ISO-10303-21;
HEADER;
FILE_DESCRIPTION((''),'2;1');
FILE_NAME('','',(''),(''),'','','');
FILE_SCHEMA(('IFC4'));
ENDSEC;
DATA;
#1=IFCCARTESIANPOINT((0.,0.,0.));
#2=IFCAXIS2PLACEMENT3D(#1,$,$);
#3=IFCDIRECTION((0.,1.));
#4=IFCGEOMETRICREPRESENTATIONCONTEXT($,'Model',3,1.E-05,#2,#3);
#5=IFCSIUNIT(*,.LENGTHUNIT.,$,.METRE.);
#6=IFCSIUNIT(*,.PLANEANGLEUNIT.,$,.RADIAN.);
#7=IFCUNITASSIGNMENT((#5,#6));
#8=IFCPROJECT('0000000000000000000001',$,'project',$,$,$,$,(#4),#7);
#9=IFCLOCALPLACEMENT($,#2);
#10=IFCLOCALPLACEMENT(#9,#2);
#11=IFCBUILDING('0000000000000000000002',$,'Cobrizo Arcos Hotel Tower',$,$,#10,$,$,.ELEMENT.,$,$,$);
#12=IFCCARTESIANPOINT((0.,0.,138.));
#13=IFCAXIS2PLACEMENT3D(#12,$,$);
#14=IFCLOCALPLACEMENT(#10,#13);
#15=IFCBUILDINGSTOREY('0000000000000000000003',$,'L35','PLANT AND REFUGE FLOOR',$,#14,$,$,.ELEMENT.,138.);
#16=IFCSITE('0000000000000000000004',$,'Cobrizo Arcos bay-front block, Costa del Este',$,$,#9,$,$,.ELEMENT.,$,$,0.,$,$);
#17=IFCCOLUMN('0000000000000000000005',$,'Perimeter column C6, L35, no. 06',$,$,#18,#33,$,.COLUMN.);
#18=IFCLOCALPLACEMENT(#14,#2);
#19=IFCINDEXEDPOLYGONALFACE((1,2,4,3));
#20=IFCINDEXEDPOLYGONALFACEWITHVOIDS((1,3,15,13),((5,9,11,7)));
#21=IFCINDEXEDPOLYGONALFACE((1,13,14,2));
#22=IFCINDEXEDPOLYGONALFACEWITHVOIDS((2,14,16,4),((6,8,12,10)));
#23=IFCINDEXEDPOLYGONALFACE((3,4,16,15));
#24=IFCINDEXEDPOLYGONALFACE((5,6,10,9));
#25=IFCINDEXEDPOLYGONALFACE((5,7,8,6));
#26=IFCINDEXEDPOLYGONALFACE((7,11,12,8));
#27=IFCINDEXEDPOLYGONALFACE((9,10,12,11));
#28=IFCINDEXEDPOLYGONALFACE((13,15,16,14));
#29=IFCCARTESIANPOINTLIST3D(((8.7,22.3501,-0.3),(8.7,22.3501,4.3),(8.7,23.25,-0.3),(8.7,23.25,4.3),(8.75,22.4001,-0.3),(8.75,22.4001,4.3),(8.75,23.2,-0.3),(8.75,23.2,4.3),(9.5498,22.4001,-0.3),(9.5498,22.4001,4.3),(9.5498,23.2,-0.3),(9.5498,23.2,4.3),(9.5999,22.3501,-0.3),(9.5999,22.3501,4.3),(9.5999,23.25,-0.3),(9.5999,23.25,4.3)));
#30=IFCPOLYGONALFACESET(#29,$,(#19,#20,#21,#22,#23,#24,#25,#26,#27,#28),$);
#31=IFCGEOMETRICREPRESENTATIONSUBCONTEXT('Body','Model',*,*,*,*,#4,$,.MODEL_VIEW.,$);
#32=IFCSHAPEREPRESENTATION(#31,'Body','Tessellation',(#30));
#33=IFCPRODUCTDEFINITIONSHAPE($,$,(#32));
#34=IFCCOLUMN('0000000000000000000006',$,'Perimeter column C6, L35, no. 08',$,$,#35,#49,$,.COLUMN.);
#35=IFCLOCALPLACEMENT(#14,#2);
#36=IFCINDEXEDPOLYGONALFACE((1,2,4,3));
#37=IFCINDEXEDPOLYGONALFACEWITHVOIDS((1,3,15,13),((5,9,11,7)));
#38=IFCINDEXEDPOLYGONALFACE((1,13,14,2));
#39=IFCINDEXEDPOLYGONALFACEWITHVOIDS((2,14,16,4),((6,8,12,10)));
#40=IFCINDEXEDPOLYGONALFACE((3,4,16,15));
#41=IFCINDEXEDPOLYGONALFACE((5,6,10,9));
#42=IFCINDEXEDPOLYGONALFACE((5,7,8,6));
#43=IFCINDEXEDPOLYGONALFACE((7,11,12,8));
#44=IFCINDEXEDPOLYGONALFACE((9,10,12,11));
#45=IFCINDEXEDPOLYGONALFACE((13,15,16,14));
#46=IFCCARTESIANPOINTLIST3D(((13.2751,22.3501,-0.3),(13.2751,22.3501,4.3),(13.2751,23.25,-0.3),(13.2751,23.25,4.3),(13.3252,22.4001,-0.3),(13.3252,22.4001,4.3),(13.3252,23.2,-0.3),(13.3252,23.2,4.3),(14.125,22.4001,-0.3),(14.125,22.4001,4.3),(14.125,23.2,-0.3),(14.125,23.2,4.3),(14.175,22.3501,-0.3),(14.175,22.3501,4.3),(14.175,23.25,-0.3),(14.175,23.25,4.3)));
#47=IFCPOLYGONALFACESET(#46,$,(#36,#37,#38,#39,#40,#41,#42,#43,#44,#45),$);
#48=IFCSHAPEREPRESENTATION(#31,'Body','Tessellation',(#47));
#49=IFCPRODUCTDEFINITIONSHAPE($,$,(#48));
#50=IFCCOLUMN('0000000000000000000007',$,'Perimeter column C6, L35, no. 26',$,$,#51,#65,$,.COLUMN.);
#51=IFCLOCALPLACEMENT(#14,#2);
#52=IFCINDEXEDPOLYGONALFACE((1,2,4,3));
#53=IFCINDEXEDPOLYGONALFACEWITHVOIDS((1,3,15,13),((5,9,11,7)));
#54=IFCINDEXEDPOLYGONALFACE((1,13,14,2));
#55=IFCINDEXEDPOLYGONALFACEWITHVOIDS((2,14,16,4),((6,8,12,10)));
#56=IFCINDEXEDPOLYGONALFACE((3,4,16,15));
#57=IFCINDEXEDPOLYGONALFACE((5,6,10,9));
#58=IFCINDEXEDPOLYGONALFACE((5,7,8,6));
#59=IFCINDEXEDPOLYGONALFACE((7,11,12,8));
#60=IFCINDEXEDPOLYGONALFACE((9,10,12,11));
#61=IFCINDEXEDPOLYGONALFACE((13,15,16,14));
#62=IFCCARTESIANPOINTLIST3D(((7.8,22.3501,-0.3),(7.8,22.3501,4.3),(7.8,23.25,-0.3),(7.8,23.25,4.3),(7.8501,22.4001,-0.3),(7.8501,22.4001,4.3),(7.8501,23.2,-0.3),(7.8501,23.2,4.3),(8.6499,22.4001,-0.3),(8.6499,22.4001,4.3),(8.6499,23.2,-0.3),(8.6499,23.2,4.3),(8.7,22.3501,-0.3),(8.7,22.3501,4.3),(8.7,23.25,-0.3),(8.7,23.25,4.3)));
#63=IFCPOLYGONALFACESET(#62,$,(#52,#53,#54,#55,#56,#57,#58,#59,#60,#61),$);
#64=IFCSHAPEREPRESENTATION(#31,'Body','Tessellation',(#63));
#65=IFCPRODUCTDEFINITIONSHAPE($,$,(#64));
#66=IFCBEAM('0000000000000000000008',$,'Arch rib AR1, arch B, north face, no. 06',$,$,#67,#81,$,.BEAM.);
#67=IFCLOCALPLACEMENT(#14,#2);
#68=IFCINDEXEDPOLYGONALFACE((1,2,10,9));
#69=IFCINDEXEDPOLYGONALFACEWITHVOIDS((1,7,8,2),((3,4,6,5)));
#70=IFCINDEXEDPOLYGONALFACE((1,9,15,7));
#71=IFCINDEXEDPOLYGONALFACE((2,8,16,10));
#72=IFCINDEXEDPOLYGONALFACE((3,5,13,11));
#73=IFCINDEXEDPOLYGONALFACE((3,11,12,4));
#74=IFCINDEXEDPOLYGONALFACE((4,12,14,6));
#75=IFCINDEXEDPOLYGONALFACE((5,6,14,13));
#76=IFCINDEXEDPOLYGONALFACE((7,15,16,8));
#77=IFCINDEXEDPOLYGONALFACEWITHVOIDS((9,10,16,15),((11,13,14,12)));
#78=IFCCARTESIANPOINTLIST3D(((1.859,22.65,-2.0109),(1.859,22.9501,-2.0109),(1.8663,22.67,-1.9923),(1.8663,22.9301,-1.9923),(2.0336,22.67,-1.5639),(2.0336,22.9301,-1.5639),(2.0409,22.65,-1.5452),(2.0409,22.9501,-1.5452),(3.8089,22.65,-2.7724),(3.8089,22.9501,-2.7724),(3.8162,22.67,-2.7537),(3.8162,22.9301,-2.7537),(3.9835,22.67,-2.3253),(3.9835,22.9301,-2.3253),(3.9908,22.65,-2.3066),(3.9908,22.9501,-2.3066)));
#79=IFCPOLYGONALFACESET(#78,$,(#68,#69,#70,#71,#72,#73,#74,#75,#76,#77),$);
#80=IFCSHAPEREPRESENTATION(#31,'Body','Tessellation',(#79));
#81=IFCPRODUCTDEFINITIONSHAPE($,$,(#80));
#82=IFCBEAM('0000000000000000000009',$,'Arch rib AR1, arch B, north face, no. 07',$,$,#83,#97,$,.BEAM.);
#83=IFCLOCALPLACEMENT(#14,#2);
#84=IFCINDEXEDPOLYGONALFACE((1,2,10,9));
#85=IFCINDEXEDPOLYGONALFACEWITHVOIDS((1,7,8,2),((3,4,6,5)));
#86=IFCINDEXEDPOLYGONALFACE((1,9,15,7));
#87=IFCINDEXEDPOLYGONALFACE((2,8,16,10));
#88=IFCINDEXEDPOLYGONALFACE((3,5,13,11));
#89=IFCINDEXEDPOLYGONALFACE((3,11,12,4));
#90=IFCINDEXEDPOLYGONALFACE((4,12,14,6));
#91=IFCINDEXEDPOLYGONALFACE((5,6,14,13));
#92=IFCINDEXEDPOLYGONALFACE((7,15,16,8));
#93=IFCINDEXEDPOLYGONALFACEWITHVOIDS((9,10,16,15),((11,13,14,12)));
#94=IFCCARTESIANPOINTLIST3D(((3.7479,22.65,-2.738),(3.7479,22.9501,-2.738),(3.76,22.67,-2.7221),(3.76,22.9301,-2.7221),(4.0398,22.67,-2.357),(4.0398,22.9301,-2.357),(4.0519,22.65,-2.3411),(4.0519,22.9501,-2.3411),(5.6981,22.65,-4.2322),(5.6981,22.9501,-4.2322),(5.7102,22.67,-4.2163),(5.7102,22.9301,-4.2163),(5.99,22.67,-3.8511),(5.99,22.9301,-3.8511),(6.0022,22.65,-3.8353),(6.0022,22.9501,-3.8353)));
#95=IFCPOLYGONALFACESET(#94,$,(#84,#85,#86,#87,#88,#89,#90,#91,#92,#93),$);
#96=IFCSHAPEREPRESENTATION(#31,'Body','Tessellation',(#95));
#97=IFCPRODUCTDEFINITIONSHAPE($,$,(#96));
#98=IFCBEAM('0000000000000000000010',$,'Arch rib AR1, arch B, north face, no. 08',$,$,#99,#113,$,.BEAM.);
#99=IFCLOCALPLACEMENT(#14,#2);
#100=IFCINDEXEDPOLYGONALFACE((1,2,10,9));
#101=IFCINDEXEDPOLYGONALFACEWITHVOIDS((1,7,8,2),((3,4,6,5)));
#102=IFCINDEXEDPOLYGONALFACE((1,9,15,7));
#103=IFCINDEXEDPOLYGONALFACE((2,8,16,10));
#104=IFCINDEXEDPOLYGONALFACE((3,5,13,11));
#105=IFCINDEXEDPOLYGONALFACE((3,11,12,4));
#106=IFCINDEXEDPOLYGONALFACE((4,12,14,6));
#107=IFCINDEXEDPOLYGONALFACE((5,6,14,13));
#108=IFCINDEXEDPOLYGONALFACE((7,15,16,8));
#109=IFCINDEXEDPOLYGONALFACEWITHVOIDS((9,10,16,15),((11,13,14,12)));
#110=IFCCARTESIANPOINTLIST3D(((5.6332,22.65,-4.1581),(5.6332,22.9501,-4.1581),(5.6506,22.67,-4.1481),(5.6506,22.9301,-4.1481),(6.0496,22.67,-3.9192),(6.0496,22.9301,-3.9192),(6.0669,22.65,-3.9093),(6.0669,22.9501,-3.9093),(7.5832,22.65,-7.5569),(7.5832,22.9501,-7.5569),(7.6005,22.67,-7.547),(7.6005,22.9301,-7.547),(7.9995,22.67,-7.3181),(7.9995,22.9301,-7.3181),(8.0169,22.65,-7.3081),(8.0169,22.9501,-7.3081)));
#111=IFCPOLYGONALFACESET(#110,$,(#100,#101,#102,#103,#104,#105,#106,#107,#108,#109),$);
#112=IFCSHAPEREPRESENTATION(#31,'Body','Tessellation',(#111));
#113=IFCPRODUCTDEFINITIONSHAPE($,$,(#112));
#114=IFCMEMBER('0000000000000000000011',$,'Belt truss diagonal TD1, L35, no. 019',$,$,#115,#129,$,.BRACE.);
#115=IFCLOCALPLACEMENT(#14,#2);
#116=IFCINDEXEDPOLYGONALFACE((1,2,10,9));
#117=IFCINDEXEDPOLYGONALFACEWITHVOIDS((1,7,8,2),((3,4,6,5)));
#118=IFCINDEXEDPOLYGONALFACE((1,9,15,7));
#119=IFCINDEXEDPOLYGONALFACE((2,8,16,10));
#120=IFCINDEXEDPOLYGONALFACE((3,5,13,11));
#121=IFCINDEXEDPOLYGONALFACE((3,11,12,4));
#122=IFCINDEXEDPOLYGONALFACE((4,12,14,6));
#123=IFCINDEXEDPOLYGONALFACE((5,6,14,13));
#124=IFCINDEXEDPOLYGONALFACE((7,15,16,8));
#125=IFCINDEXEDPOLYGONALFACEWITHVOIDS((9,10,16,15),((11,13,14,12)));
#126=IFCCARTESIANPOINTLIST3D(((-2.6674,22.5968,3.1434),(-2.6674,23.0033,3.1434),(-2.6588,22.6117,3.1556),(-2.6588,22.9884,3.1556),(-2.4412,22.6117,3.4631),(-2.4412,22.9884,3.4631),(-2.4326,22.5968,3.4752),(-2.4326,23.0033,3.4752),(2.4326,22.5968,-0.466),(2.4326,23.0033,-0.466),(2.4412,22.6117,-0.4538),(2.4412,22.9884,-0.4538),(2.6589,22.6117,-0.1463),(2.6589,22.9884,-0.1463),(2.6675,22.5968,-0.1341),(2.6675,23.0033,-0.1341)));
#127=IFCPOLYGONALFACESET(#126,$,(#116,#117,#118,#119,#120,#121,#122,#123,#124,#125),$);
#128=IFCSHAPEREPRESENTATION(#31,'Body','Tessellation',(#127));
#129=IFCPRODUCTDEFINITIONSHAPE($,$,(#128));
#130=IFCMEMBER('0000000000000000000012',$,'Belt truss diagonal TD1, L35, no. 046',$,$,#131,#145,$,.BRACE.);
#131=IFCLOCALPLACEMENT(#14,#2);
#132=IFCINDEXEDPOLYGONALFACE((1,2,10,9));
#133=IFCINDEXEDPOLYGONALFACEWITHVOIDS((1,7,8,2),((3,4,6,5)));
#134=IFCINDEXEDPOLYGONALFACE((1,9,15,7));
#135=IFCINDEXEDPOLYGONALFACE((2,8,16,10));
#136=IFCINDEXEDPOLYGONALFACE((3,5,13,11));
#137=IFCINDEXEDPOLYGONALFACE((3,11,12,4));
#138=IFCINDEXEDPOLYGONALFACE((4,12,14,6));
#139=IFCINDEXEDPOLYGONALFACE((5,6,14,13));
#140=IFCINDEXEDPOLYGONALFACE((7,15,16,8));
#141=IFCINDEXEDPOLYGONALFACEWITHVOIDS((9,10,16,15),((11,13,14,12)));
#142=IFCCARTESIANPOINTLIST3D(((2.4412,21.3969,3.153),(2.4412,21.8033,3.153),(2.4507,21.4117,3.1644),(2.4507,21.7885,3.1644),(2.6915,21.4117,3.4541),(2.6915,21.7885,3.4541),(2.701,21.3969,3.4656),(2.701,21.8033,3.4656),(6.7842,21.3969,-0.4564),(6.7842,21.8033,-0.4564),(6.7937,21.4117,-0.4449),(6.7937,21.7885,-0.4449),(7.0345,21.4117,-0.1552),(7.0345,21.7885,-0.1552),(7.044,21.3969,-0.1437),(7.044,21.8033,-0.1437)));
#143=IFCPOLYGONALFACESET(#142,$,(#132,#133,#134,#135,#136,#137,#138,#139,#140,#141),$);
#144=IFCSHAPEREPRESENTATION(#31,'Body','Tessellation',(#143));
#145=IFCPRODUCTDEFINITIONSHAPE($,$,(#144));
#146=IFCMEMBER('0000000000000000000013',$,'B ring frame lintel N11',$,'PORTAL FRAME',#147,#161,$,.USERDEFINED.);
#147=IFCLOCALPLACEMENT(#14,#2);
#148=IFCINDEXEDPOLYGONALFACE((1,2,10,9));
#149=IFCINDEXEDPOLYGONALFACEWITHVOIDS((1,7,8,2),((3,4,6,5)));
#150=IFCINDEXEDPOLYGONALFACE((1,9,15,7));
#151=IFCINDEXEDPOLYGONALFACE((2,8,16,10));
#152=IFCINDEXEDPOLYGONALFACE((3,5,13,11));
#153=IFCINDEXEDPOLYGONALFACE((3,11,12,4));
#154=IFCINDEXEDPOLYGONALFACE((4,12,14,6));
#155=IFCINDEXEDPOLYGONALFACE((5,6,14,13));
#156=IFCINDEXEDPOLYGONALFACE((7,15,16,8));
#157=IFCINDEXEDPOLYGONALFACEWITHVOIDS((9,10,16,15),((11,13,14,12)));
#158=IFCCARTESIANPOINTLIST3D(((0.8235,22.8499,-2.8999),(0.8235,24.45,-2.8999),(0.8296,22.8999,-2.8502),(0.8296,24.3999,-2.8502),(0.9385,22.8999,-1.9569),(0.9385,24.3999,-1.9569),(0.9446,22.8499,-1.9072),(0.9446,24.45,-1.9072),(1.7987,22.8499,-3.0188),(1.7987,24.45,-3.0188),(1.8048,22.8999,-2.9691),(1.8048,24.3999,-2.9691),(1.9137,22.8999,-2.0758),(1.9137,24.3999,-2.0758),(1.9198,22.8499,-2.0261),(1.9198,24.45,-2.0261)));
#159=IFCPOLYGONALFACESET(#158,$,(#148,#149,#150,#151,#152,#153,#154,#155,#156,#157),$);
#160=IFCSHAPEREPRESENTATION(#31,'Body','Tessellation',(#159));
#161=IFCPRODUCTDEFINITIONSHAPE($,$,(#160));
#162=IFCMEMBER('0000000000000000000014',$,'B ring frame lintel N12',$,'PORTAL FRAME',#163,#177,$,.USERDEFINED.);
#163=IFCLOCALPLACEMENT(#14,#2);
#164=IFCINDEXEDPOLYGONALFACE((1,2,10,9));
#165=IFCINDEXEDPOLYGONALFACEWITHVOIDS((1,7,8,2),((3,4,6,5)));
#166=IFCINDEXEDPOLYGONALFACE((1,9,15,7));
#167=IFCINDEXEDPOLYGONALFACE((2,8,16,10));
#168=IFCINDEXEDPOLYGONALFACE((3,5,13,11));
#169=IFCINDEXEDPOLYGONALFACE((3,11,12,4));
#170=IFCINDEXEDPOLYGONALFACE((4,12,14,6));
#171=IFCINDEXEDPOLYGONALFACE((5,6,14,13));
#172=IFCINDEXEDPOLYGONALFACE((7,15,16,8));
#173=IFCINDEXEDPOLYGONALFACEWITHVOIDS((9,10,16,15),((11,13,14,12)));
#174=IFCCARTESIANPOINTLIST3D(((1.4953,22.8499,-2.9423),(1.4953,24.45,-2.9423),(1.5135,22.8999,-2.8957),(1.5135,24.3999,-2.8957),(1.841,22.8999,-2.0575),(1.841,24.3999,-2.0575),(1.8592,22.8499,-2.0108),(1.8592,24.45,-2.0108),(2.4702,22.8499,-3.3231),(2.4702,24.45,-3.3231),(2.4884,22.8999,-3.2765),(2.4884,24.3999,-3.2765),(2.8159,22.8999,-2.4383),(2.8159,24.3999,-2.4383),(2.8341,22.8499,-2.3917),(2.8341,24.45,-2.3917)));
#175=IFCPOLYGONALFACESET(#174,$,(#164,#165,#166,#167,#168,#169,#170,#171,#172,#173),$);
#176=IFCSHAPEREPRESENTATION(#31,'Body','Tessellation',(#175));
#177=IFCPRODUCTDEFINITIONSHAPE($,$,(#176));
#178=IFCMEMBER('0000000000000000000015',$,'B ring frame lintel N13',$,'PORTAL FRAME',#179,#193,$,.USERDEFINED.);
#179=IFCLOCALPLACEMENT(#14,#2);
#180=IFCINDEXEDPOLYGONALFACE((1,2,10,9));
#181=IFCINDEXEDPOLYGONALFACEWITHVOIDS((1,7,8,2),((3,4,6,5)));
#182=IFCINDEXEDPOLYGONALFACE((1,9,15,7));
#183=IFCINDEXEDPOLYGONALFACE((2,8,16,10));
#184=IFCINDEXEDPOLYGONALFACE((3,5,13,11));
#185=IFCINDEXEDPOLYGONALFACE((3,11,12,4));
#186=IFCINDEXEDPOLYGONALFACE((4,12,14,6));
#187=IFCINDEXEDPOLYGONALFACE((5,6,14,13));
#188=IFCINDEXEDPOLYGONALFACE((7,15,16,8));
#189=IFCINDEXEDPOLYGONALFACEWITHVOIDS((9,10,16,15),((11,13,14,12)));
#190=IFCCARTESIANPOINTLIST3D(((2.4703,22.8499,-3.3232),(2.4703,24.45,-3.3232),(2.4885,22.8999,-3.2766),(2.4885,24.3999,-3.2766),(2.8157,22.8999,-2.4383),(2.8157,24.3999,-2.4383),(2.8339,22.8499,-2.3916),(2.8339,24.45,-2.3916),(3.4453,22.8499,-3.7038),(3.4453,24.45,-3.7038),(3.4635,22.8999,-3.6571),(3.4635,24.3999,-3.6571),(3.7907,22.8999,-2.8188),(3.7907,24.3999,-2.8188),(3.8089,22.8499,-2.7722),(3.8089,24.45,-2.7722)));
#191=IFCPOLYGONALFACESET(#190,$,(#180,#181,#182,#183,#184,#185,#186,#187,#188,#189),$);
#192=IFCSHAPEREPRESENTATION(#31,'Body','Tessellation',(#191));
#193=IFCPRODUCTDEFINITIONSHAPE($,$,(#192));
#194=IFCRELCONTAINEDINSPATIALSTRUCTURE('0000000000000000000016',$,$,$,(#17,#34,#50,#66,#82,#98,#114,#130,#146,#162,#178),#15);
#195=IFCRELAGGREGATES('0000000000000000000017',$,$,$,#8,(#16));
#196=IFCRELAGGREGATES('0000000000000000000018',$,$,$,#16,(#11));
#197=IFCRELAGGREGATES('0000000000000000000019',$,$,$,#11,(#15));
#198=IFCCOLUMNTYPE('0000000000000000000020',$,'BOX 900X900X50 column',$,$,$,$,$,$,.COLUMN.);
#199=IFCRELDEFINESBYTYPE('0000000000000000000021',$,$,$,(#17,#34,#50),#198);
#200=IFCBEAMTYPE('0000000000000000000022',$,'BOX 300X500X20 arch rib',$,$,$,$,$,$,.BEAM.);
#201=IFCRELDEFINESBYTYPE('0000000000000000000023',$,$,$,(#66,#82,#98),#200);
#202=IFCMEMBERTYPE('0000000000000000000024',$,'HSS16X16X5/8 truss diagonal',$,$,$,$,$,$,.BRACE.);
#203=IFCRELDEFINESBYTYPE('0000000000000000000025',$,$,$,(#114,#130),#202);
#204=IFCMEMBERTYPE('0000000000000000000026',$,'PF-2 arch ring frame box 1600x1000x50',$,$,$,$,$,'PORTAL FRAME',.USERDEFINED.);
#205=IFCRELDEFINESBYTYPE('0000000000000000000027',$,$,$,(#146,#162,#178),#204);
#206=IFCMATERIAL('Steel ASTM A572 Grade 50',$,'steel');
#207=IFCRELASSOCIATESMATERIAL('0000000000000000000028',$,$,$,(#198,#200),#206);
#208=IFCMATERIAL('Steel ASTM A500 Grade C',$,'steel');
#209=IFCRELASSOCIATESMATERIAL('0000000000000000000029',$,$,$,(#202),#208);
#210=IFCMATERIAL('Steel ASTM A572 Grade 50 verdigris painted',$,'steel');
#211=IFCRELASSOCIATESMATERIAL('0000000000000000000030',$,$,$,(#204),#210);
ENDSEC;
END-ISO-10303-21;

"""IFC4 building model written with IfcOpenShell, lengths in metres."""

from ifc_helpers import new_model, si_unit, direction, frame, origin, origin_2d, place, context, subcontext, project, spatial, hollow_rectangle, extrude, material, material_profile, profile_set, type_object, element, save


model = new_model("IFC4")

# Units and contexts
model_context = context("Model", 3, precision=1e-05, world=origin(), true_north=direction((0.0, 1.0)))
body_context = subcontext(model_context, "Body", "Model", "MODEL_VIEW")
ifc_project = project(units=[si_unit("LENGTHUNIT", "METRE"), si_unit("PLANEANGLEUNIT", "RADIAN")], contexts=[model_context])

# Site, building, storey
site_placement = place(None, origin())
site = spatial("IfcSite", under=ifc_project, at=site_placement, Name="Cobrizo Arcos bay-front block, Costa del Este", CompositionType="ELEMENT", RefElevation=0.0)
building_placement = place(site_placement, origin())
building = spatial("IfcBuilding", under=site, at=building_placement, Name="Cobrizo Arcos Hotel Tower", CompositionType="ELEMENT")
storey_placement = place(building_placement, frame((0.0, 0.0, 138.0)))
storey = spatial("IfcBuildingStorey", under=building, at=storey_placement, Name="L35", Description="PLANT AND REFUGE FLOOR", CompositionType="ELEMENT", Elevation=138.0)

# Columns
ifc_material_1 = material(Name="Steel ASTM A572 Grade 50", Category="steel")
ifc_material_profile_1 = material_profile(ifc_material_1, hollow_rectangle(XDim=0.8999, YDim=0.8999, WallThickness=0.05, at=origin_2d()), Name="BOX 900X900X50")
ifc_profile_set_1 = profile_set([ifc_material_profile_1], Name="Steel ASTM A572 Grade 50")
column_type = type_object("IfcColumnType", Name="BOX 900X900X50 column", PredefinedType="COLUMN", material=ifc_profile_set_1)
for number, where, z_axis, x_axis, name in (
    (1, (9.1499, 22.8, -0.3), (0.0, 0.0, 1.0), (1.0, 0.0, 0.0), "Perimeter column C6, L35, no. 06"),
    (2, (13.7251, 22.8, -0.3), (0.0, 0.0, 1.0), (1.0, 0.0, 0.0), "Perimeter column C6, L35, no. 08"),
    (3, (8.25, 22.8, -0.3), (0.0, 0.0, 1.0), (1.0, 0.0, 0.0), "Perimeter column C6, L35, no. 26"),
):
    element("IfcColumn", number, at=place(storey_placement, frame(where, z_axis=z_axis, x_axis=x_axis)), inside=storey, type_object=column_type, Name=name, PredefinedType="COLUMN", context=body_context, shape_type="SweptSolid", body=[
        extrude(hollow_rectangle(XDim=0.8999, YDim=0.8999, WallThickness=0.05, at=origin_2d()), origin(), (0.0, 0.0, 1.0), 4.6001),
    ])

# Beams
ifc_material_profile_2 = material_profile(ifc_material_1, hollow_rectangle(XDim=0.3, YDim=0.5, WallThickness=0.02, at=origin_2d()), Name="BOX 300X500X20")
ifc_profile_set_2 = profile_set([ifc_material_profile_2], Name="Steel ASTM A572 Grade 50")
beam_type = type_object("IfcBeamType", Name="BOX 300X500X20 arch rib", PredefinedType="BEAM", material=ifc_profile_set_2)
beam_1_placement = place(storey_placement, frame((1.95, 22.8, -1.7781), z_axis=(0.931494, 0.0, -0.363757), x_axis=(0.0, 1.0, 0.0)))
element("IfcBeam", 4, at=beam_1_placement, inside=storey, type_object=beam_type, Name="Arch rib AR1, arch B, north face, no. 06", PredefinedType="BEAM", context=body_context, shape_type="SweptSolid", body=[
    extrude(hollow_rectangle(XDim=0.3, YDim=0.5, WallThickness=0.02, at=origin_2d()), origin(), (0.0, 0.0, 1.0), 2.0933),
])
beam_2_placement = place(storey_placement, frame((3.8999, 22.8, -2.5396), z_axis=(0.793805, 0.0, -0.608173), x_axis=(0.0, 1.0, 0.0)))
element("IfcBeam", 5, at=beam_2_placement, inside=storey, type_object=beam_type, Name="Arch rib AR1, arch B, north face, no. 07", PredefinedType="BEAM", context=body_context, shape_type="SweptSolid", body=[
    extrude(hollow_rectangle(XDim=0.3, YDim=0.5, WallThickness=0.02, at=origin_2d()), origin(), (0.0, 0.0, 1.0), 2.4568),
])
beam_3_placement = place(storey_placement, frame((5.8501, 22.8, -4.0337), z_axis=(0.497621, 0.0, -0.867395), x_axis=(0.0, 1.0, 0.0)))
element("IfcBeam", 6, at=beam_3_placement, inside=storey, type_object=beam_type, Name="Arch rib AR1, arch B, north face, no. 08", PredefinedType="BEAM", context=body_context, shape_type="SweptSolid", body=[
    extrude(hollow_rectangle(XDim=0.3, YDim=0.5, WallThickness=0.02, at=origin_2d()), origin(), (0.0, 0.0, 1.0), 3.9185),
])

# Members
ifc_material_2 = material(Name="Steel ASTM A500 Grade C", Category="steel")
ifc_material_profile_3 = material_profile(ifc_material_2, hollow_rectangle(XDim=0.4065, YDim=0.4065, WallThickness=0.0149, at=origin_2d()), Name="HSS16X16X5/8")
ifc_profile_set_3 = profile_set([ifc_material_profile_3], Name="Steel ASTM A500 Grade C")
member_type_1 = type_object("IfcMemberType", Name="HSS16X16X5/8 truss diagonal", PredefinedType="BRACE", material=ifc_profile_set_3)
member_1_placement = place(storey_placement, frame((2.55, 22.8, -0.3), z_axis=(-0.816266, 0.0, 0.577677), x_axis=(0.0, -1.0, 0.0)))
element("IfcMember", 7, at=member_1_placement, inside=storey, type_object=member_type_1, Name="Belt truss diagonal TD1, L35, no. 019", PredefinedType="BRACE", context=body_context, shape_type="SweptSolid", body=[
    extrude(hollow_rectangle(XDim=0.4065, YDim=0.4065, WallThickness=0.0149, at=origin_2d()), origin(), (0.0, 0.0, 1.0), 6.248),
])
member_2_placement = place(storey_placement, frame((6.9141, 21.6001, -0.3), z_axis=(-0.769075, 0.0, 0.639159), x_axis=(0.0, -1.0, 0.0)))
element("IfcMember", 8, at=member_2_placement, inside=storey, type_object=member_type_1, Name="Belt truss diagonal TD1, L35, no. 046", PredefinedType="BRACE", context=body_context, shape_type="SweptSolid", body=[
    extrude(hollow_rectangle(XDim=0.4065, YDim=0.4065, WallThickness=0.0149, at=origin_2d()), origin(), (0.0, 0.0, 1.0), 5.647),
])
ifc_material_3 = material(Name="Steel ASTM A572 Grade 50 verdigris painted", Category="steel")
ifc_material_profile_4 = material_profile(ifc_material_3, hollow_rectangle(XDim=1.6001, YDim=1.0, WallThickness=0.05, at=origin_2d()), Name="PF-2 arch ring frame box 1600x1000x50")
ifc_profile_set_4 = profile_set([ifc_material_profile_4], Name="Steel ASTM A572 Grade 50 verdigris painted")
member_type_2 = type_object("IfcMemberType", Name="PF-2 arch ring frame box 1600x1000x50", ElementType="PORTAL FRAME", PredefinedType="USERDEFINED", material=ifc_profile_set_4)
member_3_placement = place(storey_placement, frame((0.884, 23.6499, -2.4036), z_axis=(0.992648, 0.0, -0.121036), x_axis=(0.0, 1.0, 0.0)))
element("IfcMember", 9, at=member_3_placement, inside=storey, type_object=member_type_2, Name="B ring frame lintel N11", ObjectType="PORTAL FRAME", PredefinedType="USERDEFINED", context=body_context, shape_type="SweptSolid", body=[
    extrude(hollow_rectangle(XDim=1.6001, YDim=1.0, WallThickness=0.05, at=origin_2d()), origin(), (0.0, 0.0, 1.0), 0.9824),
])
for number, where, z_axis, x_axis, name in (
    (10, (1.6772, 23.6499, -2.4766), (0.931439, 0.0, -0.363898), (0.0, 1.0, 0.0), "B ring frame lintel N12"),
    (11, (2.6521, 23.6499, -2.8574), (0.931549, 0.0, -0.363617), (0.0, 1.0, 0.0), "B ring frame lintel N13"),
):
    element("IfcMember", number, at=place(storey_placement, frame(where, z_axis=z_axis, x_axis=x_axis)), inside=storey, type_object=member_type_2, Name=name, ObjectType="PORTAL FRAME", PredefinedType="USERDEFINED", context=body_context, shape_type="SweptSolid", body=[
        extrude(hollow_rectangle(XDim=1.6001, YDim=1.0, WallThickness=0.05, at=origin_2d()), origin(), (0.0, 0.0, 1.0), 1.0466),
    ])

save(model, "model.ifc")
